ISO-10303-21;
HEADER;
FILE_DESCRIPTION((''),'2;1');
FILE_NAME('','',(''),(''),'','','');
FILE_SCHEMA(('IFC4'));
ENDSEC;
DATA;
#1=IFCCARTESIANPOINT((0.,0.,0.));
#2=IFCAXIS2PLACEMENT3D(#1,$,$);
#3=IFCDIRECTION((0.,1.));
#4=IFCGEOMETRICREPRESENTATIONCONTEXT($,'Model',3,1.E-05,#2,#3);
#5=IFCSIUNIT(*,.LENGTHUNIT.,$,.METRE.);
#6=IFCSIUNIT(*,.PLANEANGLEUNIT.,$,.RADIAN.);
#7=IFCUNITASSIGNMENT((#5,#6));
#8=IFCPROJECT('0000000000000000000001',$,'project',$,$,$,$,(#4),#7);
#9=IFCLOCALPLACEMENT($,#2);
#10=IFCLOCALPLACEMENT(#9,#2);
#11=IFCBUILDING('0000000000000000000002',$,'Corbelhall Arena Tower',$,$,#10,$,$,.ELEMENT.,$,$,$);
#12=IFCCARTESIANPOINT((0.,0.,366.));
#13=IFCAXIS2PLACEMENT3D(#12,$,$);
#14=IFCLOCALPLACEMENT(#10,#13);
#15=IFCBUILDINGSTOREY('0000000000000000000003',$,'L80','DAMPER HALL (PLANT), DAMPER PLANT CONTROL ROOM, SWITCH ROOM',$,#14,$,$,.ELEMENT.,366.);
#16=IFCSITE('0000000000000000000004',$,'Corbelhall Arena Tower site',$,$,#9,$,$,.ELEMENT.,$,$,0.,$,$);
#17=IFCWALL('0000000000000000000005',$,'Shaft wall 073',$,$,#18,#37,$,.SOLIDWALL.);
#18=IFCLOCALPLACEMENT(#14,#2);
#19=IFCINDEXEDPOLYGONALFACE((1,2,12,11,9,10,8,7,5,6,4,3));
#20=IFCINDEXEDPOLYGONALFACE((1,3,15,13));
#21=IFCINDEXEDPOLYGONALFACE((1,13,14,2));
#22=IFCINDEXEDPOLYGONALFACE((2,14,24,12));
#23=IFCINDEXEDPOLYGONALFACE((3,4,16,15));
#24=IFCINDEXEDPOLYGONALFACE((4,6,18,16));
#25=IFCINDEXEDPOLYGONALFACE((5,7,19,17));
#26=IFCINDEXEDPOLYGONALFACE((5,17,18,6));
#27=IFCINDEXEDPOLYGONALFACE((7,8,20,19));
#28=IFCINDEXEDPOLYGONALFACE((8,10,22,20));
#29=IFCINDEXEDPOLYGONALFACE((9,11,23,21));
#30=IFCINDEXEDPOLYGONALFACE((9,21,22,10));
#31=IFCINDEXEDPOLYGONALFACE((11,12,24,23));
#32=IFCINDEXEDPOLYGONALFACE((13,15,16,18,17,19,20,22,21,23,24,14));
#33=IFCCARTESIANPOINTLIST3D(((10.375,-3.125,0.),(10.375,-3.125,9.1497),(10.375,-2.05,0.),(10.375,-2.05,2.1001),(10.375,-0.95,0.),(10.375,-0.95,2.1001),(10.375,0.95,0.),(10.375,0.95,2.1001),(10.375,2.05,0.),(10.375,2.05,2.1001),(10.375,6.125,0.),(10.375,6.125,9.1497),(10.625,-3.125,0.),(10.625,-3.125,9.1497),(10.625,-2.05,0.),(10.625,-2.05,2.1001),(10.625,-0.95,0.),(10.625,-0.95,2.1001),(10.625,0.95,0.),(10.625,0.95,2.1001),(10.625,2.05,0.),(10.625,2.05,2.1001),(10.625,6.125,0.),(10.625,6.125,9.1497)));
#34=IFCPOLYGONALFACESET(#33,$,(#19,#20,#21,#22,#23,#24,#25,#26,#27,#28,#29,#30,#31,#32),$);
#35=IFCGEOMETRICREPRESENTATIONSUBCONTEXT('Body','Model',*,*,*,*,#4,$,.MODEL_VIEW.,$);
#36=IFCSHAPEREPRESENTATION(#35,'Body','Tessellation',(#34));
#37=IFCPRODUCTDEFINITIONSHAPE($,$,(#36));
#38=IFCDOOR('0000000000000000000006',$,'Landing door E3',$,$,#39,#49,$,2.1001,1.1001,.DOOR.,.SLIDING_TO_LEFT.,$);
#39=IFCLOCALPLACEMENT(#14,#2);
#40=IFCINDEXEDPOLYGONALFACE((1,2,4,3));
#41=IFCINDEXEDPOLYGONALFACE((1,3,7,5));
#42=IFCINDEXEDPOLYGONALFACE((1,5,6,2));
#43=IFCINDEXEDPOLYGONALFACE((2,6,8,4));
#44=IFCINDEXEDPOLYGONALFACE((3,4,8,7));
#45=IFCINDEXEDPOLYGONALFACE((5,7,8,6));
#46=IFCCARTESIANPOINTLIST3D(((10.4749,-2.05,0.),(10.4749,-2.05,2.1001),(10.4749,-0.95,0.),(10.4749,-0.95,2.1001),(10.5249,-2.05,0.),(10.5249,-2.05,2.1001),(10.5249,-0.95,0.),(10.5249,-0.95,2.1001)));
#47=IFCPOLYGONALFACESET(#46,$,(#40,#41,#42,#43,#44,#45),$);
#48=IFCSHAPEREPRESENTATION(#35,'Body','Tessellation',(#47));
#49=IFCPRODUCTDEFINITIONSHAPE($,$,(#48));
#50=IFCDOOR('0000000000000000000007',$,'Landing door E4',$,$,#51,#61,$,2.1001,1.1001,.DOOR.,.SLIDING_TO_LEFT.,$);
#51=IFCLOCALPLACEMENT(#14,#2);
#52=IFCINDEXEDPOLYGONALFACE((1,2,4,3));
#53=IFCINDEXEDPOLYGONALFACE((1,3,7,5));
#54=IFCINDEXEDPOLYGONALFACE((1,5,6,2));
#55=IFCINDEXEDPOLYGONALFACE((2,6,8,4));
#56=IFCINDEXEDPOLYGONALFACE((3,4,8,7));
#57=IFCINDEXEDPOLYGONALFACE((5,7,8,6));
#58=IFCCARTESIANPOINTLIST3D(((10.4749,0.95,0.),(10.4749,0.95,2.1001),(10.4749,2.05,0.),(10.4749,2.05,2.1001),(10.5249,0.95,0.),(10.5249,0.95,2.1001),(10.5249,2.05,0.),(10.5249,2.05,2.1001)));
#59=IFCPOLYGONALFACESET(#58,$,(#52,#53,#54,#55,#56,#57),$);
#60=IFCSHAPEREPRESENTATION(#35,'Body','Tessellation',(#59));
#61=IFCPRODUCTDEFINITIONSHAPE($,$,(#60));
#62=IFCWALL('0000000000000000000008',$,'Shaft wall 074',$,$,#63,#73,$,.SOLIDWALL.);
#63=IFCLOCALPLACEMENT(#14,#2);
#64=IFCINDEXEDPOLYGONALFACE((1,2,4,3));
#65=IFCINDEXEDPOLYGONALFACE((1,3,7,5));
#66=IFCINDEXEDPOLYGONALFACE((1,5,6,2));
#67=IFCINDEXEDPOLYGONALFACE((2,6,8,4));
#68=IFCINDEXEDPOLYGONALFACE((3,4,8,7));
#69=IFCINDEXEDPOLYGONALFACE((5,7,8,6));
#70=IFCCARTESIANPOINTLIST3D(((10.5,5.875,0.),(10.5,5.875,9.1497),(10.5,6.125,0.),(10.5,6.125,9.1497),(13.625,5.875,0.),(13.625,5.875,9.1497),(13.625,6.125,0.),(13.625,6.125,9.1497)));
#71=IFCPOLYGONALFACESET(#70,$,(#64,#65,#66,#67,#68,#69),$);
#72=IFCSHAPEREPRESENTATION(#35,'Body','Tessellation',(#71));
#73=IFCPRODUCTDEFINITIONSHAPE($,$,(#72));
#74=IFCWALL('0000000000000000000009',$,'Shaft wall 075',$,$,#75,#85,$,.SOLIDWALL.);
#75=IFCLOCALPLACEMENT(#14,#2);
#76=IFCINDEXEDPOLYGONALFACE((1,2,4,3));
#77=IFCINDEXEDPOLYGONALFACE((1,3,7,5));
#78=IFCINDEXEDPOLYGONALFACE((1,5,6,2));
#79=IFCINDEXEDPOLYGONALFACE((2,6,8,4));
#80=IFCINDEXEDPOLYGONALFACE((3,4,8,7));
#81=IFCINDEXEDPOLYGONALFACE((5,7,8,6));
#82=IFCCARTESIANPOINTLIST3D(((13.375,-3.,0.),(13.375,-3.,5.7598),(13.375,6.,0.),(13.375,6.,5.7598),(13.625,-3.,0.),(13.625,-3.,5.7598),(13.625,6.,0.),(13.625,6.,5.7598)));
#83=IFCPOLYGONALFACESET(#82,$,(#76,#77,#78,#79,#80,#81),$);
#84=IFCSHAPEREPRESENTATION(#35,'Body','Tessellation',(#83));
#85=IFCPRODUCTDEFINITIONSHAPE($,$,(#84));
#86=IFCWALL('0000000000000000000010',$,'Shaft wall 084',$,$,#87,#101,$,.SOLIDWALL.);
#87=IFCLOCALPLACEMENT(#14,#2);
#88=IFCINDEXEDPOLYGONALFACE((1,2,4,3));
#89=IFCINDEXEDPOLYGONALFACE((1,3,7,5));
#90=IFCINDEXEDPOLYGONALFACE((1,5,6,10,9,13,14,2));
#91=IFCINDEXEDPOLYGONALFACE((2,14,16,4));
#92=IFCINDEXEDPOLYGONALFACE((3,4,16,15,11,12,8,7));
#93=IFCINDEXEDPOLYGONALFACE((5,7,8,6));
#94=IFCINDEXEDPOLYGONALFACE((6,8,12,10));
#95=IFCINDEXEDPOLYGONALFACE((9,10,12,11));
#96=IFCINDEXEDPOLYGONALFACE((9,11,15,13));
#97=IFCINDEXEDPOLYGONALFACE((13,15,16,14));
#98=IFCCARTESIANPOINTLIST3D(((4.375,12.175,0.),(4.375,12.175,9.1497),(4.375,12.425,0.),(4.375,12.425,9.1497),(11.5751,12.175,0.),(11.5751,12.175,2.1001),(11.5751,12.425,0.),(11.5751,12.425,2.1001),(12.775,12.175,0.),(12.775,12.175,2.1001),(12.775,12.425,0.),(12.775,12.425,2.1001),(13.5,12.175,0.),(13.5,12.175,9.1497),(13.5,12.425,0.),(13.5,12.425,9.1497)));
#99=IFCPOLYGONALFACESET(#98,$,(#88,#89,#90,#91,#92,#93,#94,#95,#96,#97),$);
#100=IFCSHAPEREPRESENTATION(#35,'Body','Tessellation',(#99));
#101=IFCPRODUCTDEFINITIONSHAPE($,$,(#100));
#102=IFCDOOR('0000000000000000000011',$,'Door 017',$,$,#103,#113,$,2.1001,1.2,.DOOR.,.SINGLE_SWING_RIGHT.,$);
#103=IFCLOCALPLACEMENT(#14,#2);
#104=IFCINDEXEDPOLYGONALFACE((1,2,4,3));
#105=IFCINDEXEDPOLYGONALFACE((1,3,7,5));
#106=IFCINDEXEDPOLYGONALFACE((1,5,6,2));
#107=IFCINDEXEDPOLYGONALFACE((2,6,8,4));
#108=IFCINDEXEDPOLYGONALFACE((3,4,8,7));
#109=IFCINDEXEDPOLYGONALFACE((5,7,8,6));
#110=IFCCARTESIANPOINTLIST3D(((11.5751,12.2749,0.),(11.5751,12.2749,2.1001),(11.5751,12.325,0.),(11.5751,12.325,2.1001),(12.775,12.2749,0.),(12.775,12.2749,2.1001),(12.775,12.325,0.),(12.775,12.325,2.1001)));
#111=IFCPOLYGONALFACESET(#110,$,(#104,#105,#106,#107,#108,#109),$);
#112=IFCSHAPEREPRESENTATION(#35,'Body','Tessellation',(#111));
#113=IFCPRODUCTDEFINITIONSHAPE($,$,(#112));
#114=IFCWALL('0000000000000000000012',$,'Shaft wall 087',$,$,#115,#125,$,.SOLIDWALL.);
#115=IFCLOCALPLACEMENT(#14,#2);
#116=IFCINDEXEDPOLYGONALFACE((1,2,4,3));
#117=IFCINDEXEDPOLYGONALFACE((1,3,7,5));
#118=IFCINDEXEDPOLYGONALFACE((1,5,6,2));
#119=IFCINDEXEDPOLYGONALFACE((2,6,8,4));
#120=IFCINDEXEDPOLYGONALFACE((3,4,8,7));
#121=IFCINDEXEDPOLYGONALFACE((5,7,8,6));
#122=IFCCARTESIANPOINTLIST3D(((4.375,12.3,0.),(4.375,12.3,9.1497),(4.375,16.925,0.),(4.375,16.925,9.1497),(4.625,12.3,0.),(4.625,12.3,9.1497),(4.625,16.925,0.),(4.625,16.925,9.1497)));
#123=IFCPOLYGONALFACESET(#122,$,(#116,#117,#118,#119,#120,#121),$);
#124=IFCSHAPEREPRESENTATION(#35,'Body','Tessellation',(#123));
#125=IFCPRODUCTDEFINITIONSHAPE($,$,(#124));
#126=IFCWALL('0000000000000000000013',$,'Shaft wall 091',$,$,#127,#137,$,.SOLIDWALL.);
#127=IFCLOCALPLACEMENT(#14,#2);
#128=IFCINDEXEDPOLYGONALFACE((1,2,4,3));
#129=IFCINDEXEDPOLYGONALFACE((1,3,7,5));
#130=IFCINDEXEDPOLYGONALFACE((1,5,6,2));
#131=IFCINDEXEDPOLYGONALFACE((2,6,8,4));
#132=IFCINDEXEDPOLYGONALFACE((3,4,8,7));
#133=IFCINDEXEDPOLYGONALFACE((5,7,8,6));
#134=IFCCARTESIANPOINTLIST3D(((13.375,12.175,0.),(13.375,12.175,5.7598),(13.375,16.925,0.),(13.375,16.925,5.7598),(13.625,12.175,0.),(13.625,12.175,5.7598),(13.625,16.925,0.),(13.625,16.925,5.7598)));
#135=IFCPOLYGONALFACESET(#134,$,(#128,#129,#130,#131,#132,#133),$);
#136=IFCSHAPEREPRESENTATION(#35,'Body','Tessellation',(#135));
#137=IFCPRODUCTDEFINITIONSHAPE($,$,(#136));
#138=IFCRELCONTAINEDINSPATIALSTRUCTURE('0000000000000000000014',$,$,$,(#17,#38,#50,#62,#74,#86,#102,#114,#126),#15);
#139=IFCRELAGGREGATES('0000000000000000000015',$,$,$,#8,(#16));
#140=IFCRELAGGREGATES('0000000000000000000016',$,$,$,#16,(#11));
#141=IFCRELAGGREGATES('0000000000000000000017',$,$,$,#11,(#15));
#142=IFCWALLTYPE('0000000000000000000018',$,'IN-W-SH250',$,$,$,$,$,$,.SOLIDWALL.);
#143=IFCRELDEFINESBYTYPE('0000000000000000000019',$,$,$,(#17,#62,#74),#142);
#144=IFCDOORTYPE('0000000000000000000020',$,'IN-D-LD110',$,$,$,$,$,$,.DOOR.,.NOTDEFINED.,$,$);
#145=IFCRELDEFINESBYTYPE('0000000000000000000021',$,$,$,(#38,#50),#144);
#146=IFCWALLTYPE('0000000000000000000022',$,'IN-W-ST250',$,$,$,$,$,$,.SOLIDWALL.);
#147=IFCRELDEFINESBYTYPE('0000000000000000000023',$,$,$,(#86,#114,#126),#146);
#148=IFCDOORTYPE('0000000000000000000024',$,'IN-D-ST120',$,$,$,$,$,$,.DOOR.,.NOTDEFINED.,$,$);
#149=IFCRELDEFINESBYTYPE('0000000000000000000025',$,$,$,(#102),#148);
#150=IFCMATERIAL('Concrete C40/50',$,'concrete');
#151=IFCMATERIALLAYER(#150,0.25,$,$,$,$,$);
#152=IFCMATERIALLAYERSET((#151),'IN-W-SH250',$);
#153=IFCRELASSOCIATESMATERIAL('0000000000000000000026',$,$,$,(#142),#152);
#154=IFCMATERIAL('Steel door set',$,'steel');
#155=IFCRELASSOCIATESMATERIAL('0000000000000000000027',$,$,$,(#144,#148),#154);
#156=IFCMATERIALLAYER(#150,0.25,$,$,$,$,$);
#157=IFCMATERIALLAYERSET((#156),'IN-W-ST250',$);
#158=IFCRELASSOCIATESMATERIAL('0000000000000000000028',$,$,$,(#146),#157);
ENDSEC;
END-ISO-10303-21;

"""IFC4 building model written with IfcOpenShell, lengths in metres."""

from ifc_helpers import new_model, si_unit, direction, frame, frame_2d, origin, place, context, subcontext, project, spatial, rectangle, extrude, material, layer, layer_set, type_object, element, fill, save


model = new_model("IFC4")

# Units and contexts
model_context = context("Model", 3, precision=1e-05, world=origin(), true_north=direction((0.0, 1.0)))
body_context = subcontext(model_context, "Body", "Model", "MODEL_VIEW")
ifc_project = project(units=[si_unit("LENGTHUNIT", "METRE"), si_unit("PLANEANGLEUNIT", "RADIAN")], contexts=[model_context])

# Site, building, storey
site_placement = place(None, origin())
site = spatial("IfcSite", under=ifc_project, at=site_placement, Name="Corbelhall Arena Tower site", CompositionType="ELEMENT", RefElevation=0.0)
building_placement = place(site_placement, origin())
building = spatial("IfcBuilding", under=site, at=building_placement, Name="Corbelhall Arena Tower", CompositionType="ELEMENT")
storey_placement = place(building_placement, frame((0.0, 0.0, 366.0)))
storey = spatial("IfcBuildingStorey", under=building, at=storey_placement, Name="L80", Description="DAMPER HALL (PLANT), DAMPER PLANT CONTROL ROOM, SWITCH ROOM", CompositionType="ELEMENT", Elevation=366.0)

# Shared definitions
ifc_material_1 = material(Name="Steel door set", Category="steel")

# Shared definitions
ifc_material_2 = material(Name="Concrete C40/50", Category="concrete")
ifc_layer_1 = layer(ifc_material_2, 0.25)
ifc_layer_set_1 = layer_set([ifc_layer_1], Name="IN-W-SH250")
wall_type_1 = type_object("IfcWallType", Name="IN-W-SH250", PredefinedType="SOLIDWALL", material=ifc_layer_set_1)

# Wall, openings, doors
wall_1_placement = place(storey_placement, frame((10.5, 6.125, 0.0), z_axis=(0.0, 0.0, 1.0), x_axis=(0.0, -1.0, 0.0)))
wall_1 = element("IfcWall", 1, at=wall_1_placement, inside=storey, type_object=wall_type_1, Name="Shaft wall 073", PredefinedType="SOLIDWALL", context=body_context, shape_type="SweptSolid", body=[
    extrude(rectangle(XDim=9.25, YDim=0.25, at=frame_2d((4.625, 0.0))), origin(), (0.0, 0.0, 1.0), 9.1497),
])
opening_1_placement = place(wall_1_placement, frame((7.075, 0.0, 0.0)))
opening_1 = element("IfcOpeningElement", 2, at=opening_1_placement, cuts=wall_1, PredefinedType="OPENING", context=body_context, shape_type="SweptSolid", body=[
    extrude(rectangle(XDim=1.1001, YDim=2.1001, at=frame_2d((0.55, 1.05))), frame((0.0, 0.125, 0.0), z_axis=(0.0, -1.0, 0.0), x_axis=(1.0, 0.0, 0.0)), (0.0, 0.0, 1.0), 0.25),
])
opening_2_placement = place(wall_1_placement, frame((4.075, 0.0, 0.0)))
opening_2 = element("IfcOpeningElement", 3, at=opening_2_placement, cuts=wall_1, PredefinedType="OPENING", context=body_context, shape_type="SweptSolid", body=[
    extrude(rectangle(XDim=1.1001, YDim=2.1001, at=frame_2d((0.55, 1.05))), frame((0.0, 0.125, 0.0), z_axis=(0.0, -1.0, 0.0), x_axis=(1.0, 0.0, 0.0)), (0.0, 0.0, 1.0), 0.25),
])
door_type_1 = type_object("IfcDoorType", Name="IN-D-LD110", OperationType="NOTDEFINED", PredefinedType="DOOR", material=ifc_material_1)
door_1_placement = place(opening_1_placement, origin())
door_1 = element("IfcDoor", 4, at=door_1_placement, inside=storey, type_object=door_type_1, Name="Landing door E3", OperationType="SLIDING_TO_LEFT", OverallHeight=2.1001, OverallWidth=1.1001, PredefinedType="DOOR", context=body_context, shape_type="SweptSolid", body=[
    extrude(rectangle(XDim=1.1001, YDim=2.1001, at=frame_2d((0.55, 1.05))), frame((0.0, 0.0249, 0.0), z_axis=(0.0, -1.0, 0.0), x_axis=(1.0, 0.0, 0.0)), (0.0, 0.0, 1.0), 0.05),
])
fill(opening_1, door_1)
door_2_placement = place(opening_2_placement, origin())
door_2 = element("IfcDoor", 5, at=door_2_placement, inside=storey, type_object=door_type_1, Name="Landing door E4", OperationType="SLIDING_TO_LEFT", OverallHeight=2.1001, OverallWidth=1.1001, PredefinedType="DOOR", context=body_context, shape_type="SweptSolid", body=[
    extrude(rectangle(XDim=1.1001, YDim=2.1001, at=frame_2d((0.55, 1.05))), frame((0.0, 0.0249, 0.0), z_axis=(0.0, -1.0, 0.0), x_axis=(1.0, 0.0, 0.0)), (0.0, 0.0, 1.0), 0.05),
])
fill(opening_2, door_2)

# Walls
wall_2_placement = place(storey_placement, frame((10.5, 6.0, 0.0), z_axis=(0.0, 0.0, 1.0), x_axis=(1.0, 0.0, 0.0)))
element("IfcWall", 6, at=wall_2_placement, inside=storey, type_object=wall_type_1, Name="Shaft wall 074", PredefinedType="SOLIDWALL", context=body_context, shape_type="SweptSolid", body=[
    extrude(rectangle(XDim=3.125, YDim=0.25, at=frame_2d((1.5625, 0.0))), origin(), (0.0, 0.0, 1.0), 9.1497),
])
wall_3_placement = place(storey_placement, frame((13.5, 6.0, 0.0), z_axis=(0.0, 0.0, 1.0), x_axis=(0.0, -1.0, 0.0)))
element("IfcWall", 7, at=wall_3_placement, inside=storey, type_object=wall_type_1, Name="Shaft wall 075", PredefinedType="SOLIDWALL", context=body_context, shape_type="SweptSolid", body=[
    extrude(rectangle(XDim=9.0, YDim=0.25, at=frame_2d((4.5, 0.0))), origin(), (0.0, 0.0, 1.0), 5.7598),
])

# Wall, opening, door
ifc_layer_2 = layer(ifc_material_2, 0.25)
ifc_layer_set_2 = layer_set([ifc_layer_2], Name="IN-W-ST250")
wall_type_2 = type_object("IfcWallType", Name="IN-W-ST250", PredefinedType="SOLIDWALL", material=ifc_layer_set_2)
wall_4_placement = place(storey_placement, frame((4.375, 12.3, 0.0), z_axis=(0.0, 0.0, 1.0), x_axis=(1.0, 0.0, 0.0)))
wall_4 = element("IfcWall", 8, at=wall_4_placement, inside=storey, type_object=wall_type_2, Name="Shaft wall 084", PredefinedType="SOLIDWALL", context=body_context, shape_type="SweptSolid", body=[
    extrude(rectangle(XDim=9.125, YDim=0.25, at=frame_2d((4.5625, 0.0))), origin(), (0.0, 0.0, 1.0), 9.1497),
])
opening_3_placement = place(wall_4_placement, frame((7.2, 0.0, 0.0)))
opening_3 = element("IfcOpeningElement", 9, at=opening_3_placement, cuts=wall_4, PredefinedType="OPENING", context=body_context, shape_type="SweptSolid", body=[
    extrude(rectangle(XDim=1.2, YDim=2.1001, at=frame_2d((0.6001, 1.05))), frame((0.0, 0.125, 0.0), z_axis=(0.0, -1.0, 0.0), x_axis=(1.0, 0.0, 0.0)), (0.0, 0.0, 1.0), 0.25),
])
door_type_2 = type_object("IfcDoorType", Name="IN-D-ST120", OperationType="NOTDEFINED", PredefinedType="DOOR", material=ifc_material_1)
door_3_placement = place(opening_3_placement, origin())
door_3 = element("IfcDoor", 10, at=door_3_placement, inside=storey, type_object=door_type_2, Name="Door 017", OperationType="SINGLE_SWING_RIGHT", OverallHeight=2.1001, OverallWidth=1.2, PredefinedType="DOOR", context=body_context, shape_type="SweptSolid", body=[
    extrude(rectangle(XDim=1.2, YDim=2.1001, at=frame_2d((0.6001, 1.05))), frame((0.0, 0.0249, 0.0), z_axis=(0.0, -1.0, 0.0), x_axis=(1.0, 0.0, 0.0)), (0.0, 0.0, 1.0), 0.05),
])
fill(opening_3, door_3)

# Walls
wall_5_placement = place(storey_placement, frame((4.5, 12.3, 0.0), z_axis=(0.0, 0.0, 1.0), x_axis=(0.0, 1.0, 0.0)))
element("IfcWall", 11, at=wall_5_placement, inside=storey, type_object=wall_type_2, Name="Shaft wall 087", PredefinedType="SOLIDWALL", context=body_context, shape_type="SweptSolid", body=[
    extrude(rectangle(XDim=4.625, YDim=0.25, at=frame_2d((2.3125, 0.0))), origin(), (0.0, 0.0, 1.0), 9.1497),
])
wall_6_placement = place(storey_placement, frame((13.5, 12.175, 0.0), z_axis=(0.0, 0.0, 1.0), x_axis=(0.0, 1.0, 0.0)))
element("IfcWall", 12, at=wall_6_placement, inside=storey, type_object=wall_type_2, Name="Shaft wall 091", PredefinedType="SOLIDWALL", context=body_context, shape_type="SweptSolid", body=[
    extrude(rectangle(XDim=4.75, YDim=0.25, at=frame_2d((2.375, 0.0))), origin(), (0.0, 0.0, 1.0), 5.7598),
])

save(model, "model.ifc")
